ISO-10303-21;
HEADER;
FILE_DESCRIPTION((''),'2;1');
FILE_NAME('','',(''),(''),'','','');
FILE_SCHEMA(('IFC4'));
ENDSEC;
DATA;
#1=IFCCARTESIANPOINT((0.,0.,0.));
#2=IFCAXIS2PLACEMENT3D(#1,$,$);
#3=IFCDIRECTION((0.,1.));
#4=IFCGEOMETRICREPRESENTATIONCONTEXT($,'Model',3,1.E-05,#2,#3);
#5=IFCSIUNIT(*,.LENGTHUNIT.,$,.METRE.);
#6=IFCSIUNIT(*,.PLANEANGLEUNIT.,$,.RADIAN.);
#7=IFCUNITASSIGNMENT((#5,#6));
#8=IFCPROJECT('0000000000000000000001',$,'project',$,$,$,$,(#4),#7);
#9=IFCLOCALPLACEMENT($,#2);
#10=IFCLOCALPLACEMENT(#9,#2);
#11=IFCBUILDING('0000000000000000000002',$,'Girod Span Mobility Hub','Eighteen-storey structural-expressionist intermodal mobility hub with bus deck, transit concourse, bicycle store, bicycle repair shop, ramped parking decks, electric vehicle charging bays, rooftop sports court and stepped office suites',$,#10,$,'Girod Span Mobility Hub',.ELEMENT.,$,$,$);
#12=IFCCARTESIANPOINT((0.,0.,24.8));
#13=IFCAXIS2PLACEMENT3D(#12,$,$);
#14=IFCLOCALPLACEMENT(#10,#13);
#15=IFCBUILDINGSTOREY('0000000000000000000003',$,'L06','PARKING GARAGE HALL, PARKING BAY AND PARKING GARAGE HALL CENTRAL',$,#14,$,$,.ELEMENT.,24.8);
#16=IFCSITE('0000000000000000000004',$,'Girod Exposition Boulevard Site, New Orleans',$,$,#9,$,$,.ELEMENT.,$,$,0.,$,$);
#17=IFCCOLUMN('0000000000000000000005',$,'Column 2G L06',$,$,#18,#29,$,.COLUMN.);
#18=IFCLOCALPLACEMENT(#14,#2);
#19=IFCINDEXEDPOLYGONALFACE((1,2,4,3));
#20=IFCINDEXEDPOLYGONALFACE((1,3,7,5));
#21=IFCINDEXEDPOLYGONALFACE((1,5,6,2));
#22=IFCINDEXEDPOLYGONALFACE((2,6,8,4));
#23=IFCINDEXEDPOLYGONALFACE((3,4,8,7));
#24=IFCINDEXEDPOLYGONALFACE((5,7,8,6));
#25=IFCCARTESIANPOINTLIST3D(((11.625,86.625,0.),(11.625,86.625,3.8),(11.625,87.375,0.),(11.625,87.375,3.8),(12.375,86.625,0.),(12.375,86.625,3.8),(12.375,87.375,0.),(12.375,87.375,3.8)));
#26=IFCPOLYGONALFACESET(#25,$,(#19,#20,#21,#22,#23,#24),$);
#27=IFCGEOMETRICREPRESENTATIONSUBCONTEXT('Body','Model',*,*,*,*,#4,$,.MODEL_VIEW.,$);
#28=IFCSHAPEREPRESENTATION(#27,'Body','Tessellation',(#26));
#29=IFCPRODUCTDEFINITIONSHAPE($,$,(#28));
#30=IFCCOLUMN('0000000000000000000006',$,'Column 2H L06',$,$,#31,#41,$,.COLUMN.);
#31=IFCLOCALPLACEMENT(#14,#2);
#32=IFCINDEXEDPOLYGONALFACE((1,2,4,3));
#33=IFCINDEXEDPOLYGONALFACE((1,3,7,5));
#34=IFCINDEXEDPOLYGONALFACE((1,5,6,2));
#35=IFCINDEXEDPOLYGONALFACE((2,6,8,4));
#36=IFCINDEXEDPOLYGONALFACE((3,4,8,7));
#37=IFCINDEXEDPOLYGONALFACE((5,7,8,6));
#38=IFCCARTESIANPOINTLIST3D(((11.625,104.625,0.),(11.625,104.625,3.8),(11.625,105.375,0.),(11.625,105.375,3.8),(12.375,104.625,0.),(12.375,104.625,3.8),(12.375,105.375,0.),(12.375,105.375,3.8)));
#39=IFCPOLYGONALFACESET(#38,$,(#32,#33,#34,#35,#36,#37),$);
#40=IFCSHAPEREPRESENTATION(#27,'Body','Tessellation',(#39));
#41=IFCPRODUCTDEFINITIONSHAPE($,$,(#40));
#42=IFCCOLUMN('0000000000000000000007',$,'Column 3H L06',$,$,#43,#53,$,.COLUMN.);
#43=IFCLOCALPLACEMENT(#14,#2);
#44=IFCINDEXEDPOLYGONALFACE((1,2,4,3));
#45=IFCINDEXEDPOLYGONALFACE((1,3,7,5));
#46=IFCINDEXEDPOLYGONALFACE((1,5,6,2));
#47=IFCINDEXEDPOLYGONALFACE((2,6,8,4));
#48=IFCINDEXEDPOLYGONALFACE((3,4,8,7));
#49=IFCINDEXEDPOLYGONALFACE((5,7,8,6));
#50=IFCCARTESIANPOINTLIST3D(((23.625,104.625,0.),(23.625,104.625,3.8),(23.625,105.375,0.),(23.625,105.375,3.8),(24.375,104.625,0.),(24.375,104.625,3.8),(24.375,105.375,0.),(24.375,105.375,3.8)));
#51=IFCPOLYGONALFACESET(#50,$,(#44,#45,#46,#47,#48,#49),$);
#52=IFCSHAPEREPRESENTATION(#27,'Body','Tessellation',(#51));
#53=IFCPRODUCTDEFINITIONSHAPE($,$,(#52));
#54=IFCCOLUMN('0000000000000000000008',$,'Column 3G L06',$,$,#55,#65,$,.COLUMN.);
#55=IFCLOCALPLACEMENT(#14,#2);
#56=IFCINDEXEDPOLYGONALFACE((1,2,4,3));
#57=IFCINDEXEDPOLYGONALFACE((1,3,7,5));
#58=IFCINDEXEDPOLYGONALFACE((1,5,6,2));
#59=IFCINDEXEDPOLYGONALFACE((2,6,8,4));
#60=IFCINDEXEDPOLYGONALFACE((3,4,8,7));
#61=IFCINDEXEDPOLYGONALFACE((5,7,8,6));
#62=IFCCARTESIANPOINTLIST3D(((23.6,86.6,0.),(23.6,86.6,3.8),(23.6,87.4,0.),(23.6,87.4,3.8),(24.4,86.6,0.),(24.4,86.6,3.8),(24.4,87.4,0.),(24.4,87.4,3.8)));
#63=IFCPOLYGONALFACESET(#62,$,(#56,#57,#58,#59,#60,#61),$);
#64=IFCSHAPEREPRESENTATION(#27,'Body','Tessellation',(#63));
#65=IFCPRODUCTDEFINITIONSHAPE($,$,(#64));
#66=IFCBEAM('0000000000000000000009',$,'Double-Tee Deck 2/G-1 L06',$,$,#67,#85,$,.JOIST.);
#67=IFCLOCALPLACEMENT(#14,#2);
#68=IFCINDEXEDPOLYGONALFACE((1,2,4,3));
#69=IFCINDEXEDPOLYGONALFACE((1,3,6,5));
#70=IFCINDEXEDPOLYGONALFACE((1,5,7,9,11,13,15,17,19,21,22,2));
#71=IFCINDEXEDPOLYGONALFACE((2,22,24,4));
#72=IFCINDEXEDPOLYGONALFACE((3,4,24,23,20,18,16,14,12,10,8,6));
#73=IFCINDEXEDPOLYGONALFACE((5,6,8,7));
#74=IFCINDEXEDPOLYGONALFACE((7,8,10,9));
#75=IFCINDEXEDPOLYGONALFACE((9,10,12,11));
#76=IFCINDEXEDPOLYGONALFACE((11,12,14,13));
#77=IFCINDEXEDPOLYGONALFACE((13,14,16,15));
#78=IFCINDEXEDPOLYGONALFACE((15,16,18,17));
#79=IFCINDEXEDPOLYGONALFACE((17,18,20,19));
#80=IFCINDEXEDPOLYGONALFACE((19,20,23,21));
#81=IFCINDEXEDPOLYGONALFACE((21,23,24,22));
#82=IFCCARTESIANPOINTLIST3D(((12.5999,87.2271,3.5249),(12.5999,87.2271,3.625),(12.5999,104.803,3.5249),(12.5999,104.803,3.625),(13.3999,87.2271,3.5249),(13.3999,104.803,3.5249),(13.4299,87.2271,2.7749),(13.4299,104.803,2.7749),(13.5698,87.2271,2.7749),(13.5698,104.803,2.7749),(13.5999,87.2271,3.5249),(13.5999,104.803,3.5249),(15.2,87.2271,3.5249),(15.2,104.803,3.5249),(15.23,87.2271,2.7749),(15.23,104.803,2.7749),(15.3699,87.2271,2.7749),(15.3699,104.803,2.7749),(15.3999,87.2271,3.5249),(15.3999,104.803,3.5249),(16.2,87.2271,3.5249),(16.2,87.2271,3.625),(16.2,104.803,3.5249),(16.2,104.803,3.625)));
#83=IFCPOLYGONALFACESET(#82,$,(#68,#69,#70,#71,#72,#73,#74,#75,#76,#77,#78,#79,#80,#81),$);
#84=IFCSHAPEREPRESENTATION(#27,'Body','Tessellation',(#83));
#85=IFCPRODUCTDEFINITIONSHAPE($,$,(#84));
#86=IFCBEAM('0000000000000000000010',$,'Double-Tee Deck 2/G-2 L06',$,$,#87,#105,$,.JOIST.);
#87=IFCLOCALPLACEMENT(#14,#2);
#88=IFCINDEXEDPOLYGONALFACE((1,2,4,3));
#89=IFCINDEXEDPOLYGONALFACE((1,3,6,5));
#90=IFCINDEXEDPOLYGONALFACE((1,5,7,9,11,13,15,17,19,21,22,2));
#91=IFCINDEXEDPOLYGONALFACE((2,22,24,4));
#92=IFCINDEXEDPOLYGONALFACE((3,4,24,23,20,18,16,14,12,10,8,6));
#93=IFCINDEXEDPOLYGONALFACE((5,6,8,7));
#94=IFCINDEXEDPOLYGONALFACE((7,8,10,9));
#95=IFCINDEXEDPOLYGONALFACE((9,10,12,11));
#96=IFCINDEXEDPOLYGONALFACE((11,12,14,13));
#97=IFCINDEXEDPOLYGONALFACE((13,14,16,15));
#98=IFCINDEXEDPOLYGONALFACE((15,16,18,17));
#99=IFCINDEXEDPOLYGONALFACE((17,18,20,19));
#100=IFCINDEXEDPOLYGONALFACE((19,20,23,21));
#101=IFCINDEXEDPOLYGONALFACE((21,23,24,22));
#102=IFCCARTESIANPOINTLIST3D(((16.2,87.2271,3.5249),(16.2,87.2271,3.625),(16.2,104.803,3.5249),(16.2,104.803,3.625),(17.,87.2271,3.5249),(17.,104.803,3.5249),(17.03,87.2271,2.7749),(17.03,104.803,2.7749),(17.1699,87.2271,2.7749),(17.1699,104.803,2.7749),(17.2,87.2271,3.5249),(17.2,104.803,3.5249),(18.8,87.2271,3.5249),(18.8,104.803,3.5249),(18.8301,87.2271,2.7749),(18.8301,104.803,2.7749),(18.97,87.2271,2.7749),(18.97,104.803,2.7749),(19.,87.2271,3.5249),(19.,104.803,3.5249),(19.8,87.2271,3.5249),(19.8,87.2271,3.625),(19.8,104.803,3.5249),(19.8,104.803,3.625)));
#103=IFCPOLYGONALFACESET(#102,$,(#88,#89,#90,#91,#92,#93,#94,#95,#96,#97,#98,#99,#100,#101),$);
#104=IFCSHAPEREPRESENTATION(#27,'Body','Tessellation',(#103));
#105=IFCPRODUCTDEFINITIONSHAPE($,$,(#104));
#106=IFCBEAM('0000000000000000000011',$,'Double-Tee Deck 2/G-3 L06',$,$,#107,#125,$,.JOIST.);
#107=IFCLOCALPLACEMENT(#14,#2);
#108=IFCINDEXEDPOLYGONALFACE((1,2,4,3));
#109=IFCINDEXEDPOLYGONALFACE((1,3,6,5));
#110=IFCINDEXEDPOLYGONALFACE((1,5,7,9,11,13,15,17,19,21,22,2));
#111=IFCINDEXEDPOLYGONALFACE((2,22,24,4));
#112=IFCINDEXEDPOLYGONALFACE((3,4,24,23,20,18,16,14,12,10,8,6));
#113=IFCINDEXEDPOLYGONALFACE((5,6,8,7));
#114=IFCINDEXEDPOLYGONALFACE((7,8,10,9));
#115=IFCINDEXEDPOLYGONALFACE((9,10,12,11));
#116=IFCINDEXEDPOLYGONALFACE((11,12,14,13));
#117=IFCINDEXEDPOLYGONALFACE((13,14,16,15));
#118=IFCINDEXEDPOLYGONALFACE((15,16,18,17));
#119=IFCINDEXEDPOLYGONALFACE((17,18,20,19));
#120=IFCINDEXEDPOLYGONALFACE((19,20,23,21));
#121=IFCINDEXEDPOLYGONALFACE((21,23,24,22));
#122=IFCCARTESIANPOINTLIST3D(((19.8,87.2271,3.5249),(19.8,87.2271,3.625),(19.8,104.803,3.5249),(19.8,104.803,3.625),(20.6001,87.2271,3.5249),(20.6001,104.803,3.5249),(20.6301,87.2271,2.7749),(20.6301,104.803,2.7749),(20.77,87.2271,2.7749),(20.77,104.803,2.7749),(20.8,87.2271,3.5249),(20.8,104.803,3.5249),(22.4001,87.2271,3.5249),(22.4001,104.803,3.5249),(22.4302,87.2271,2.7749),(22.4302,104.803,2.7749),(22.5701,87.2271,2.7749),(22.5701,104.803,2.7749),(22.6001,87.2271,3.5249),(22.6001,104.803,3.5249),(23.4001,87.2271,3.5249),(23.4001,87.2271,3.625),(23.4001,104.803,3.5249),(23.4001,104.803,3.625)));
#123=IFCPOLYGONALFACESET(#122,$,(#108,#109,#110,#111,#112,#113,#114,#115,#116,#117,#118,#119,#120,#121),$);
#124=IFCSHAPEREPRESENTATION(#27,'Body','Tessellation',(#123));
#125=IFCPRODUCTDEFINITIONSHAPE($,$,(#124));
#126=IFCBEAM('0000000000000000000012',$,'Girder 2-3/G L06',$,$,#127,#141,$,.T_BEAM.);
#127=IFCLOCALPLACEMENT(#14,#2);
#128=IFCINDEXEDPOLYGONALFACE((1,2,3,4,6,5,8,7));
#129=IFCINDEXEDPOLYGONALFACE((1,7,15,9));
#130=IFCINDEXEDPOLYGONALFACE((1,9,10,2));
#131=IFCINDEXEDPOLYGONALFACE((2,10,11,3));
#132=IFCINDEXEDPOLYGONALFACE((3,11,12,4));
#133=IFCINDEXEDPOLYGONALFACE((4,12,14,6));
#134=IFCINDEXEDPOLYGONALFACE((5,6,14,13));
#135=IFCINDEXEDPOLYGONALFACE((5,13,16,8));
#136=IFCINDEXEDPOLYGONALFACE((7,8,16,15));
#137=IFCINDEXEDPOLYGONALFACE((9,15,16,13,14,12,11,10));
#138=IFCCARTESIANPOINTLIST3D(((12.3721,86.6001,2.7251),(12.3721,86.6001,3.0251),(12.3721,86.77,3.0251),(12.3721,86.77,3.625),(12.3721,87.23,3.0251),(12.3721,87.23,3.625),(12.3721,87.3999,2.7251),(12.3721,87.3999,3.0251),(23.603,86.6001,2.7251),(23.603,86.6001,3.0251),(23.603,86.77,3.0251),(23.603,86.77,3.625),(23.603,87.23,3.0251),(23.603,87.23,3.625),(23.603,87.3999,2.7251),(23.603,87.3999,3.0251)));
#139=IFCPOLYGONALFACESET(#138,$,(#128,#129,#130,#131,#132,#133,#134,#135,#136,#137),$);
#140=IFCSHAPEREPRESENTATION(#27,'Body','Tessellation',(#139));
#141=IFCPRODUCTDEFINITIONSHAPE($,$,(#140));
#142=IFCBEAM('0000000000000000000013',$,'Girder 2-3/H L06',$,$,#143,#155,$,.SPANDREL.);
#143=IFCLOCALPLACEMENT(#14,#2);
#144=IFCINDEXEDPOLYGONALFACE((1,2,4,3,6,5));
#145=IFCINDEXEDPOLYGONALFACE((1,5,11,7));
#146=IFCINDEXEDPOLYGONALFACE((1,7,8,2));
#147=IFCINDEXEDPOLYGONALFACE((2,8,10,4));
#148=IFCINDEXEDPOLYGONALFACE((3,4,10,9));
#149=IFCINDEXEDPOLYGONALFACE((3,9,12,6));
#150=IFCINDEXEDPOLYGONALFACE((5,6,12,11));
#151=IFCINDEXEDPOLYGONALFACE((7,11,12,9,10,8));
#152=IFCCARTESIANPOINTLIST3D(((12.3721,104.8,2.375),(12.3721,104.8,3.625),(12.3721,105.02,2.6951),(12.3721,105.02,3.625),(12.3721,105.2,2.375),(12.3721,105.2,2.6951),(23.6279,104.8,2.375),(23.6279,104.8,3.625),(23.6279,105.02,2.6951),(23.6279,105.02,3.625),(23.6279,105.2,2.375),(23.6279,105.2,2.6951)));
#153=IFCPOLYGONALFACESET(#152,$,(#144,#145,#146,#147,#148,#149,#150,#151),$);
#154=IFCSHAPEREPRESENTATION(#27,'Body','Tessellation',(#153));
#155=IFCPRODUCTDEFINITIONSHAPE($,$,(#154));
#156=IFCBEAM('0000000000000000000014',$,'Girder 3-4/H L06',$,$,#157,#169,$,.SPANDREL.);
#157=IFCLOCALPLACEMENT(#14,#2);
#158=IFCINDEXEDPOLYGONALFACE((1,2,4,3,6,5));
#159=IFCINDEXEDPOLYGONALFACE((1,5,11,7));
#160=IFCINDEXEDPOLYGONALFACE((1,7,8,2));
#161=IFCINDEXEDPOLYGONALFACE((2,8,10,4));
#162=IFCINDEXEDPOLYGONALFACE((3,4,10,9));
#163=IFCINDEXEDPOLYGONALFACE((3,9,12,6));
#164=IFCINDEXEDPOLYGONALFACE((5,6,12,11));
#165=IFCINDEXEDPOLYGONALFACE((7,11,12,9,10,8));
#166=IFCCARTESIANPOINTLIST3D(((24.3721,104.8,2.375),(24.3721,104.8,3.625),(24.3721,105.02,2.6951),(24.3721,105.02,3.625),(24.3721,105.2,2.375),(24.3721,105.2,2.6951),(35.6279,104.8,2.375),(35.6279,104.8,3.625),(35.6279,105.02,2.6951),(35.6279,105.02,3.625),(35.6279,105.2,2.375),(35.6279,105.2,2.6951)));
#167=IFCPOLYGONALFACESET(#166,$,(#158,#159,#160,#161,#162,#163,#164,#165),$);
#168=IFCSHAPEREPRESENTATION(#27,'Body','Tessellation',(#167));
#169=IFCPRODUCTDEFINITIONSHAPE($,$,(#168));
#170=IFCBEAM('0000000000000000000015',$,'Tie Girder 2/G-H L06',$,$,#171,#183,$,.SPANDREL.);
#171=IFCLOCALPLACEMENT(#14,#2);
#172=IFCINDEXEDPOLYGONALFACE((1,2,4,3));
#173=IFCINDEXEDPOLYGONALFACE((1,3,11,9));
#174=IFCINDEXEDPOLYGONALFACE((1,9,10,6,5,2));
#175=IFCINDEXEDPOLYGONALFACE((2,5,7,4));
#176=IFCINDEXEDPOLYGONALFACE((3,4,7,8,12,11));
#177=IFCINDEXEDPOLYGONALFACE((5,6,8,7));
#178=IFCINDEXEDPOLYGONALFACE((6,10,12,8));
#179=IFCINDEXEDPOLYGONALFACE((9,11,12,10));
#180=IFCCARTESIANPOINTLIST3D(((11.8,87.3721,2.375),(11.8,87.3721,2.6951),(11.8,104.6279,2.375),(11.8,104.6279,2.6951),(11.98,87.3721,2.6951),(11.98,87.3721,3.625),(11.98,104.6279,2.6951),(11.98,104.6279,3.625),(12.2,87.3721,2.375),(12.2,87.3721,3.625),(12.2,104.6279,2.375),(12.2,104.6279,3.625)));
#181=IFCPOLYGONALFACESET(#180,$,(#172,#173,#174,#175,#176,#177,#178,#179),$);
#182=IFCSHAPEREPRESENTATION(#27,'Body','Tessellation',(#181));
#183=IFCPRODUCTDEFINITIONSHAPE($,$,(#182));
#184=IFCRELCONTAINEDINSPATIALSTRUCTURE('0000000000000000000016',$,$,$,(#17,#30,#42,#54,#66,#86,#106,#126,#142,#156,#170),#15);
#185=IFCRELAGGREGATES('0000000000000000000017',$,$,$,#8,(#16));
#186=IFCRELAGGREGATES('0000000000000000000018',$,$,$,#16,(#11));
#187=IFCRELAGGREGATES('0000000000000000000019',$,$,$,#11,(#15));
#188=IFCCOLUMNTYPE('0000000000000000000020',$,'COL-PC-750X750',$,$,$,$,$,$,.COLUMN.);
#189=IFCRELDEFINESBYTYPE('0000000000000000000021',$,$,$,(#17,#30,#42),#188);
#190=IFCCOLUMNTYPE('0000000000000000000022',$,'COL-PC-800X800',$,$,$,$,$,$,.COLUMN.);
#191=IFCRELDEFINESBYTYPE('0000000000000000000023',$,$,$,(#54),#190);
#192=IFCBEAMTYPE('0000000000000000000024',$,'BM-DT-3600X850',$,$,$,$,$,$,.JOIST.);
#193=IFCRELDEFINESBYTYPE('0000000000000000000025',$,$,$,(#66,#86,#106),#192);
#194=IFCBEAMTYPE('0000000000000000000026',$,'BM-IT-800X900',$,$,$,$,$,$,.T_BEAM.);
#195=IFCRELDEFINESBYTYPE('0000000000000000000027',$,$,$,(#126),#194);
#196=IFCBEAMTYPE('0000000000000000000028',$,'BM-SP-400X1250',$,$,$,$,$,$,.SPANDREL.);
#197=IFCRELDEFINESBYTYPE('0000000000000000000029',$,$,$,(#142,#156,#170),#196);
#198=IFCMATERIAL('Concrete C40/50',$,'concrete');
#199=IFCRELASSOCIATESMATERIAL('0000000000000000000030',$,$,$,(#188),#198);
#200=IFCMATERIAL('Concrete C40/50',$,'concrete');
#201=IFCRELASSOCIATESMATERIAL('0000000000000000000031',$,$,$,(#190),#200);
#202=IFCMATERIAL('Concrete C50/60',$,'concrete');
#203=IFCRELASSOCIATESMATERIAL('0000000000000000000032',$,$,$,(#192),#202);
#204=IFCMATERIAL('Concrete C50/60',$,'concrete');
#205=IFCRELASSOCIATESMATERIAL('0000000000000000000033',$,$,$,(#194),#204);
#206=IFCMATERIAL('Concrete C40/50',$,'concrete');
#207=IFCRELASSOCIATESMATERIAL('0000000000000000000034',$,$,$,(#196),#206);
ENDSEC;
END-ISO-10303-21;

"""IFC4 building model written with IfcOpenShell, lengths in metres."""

from ifc_helpers import new_model, si_unit, direction, frame, origin, origin_2d, place, context, subcontext, project, spatial, polyline, rectangle, outline, extrude, material, material_profile, profile_set, type_object, element, save


model = new_model("IFC4")

# Units and contexts
model_context = context("Model", 3, precision=1e-05, world=origin(), true_north=direction((0.0, 1.0)))
body_context = subcontext(model_context, "Body", "Model", "MODEL_VIEW")
ifc_project = project(units=[si_unit("LENGTHUNIT", "METRE"), si_unit("PLANEANGLEUNIT", "RADIAN")], contexts=[model_context])

# Site, building, storey
site_placement = place(None, origin())
site = spatial("IfcSite", under=ifc_project, at=site_placement, Name="Girod Exposition Boulevard Site, New Orleans", CompositionType="ELEMENT", RefElevation=0.0)
building_placement = place(site_placement, origin())
building = spatial("IfcBuilding", under=site, at=building_placement, Name="Girod Span Mobility Hub", Description="Eighteen-storey structural-expressionist intermodal mobility hub with bus deck, transit concourse, bicycle store, bicycle repair shop, ramped parking decks, electric vehicle charging bays, rooftop sports court and stepped office suites", LongName="Girod Span Mobility Hub", CompositionType="ELEMENT")
storey_placement = place(building_placement, frame((0.0, 0.0, 24.8)))
storey = spatial("IfcBuildingStorey", under=building, at=storey_placement, Name="L06", Description="PARKING GARAGE HALL, PARKING BAY AND PARKING GARAGE HALL CENTRAL", CompositionType="ELEMENT", Elevation=24.8)

# Columns
ifc_material_1 = material(Name="Concrete C40/50", Category="concrete")
ifc_material_profile_1 = material_profile(ifc_material_1, rectangle(XDim=0.75, YDim=0.75, at=origin_2d()), Name="PC-COL-750X750")
ifc_profile_set_1 = profile_set([ifc_material_profile_1], Name="Concrete C40/50")
column_type_1 = type_object("IfcColumnType", Name="COL-PC-750X750", PredefinedType="COLUMN", material=ifc_profile_set_1)
for number, where, z_axis, x_axis, name in (
    (1, (12.0, 87.0, 0.0), (0.0, 0.0, 1.0), (1.0, 0.0, 0.0), "Column 2G L06"),
    (2, (12.0, 105.0, 0.0), (0.0, 0.0, 1.0), (1.0, 0.0, 0.0), "Column 2H L06"),
    (3, (24.0, 105.0, 0.0), (0.0, 0.0, 1.0), (1.0, 0.0, 0.0), "Column 3H L06"),
):
    element("IfcColumn", number, at=place(storey_placement, frame(where, z_axis=z_axis, x_axis=x_axis)), inside=storey, type_object=column_type_1, Name=name, PredefinedType="COLUMN", context=body_context, shape_type="SweptSolid", body=[
        extrude(rectangle(XDim=0.75, YDim=0.75, at=origin_2d()), origin(), (0.0, 0.0, 1.0), 3.8),
    ])
ifc_material_2 = material(Name="Concrete C40/50", Category="concrete")
ifc_material_profile_2 = material_profile(ifc_material_2, rectangle(XDim=0.8, YDim=0.8, at=origin_2d()), Name="PC-COL-800X800")
ifc_profile_set_2 = profile_set([ifc_material_profile_2], Name="Concrete C40/50")
column_type_2 = type_object("IfcColumnType", Name="COL-PC-800X800", PredefinedType="COLUMN", material=ifc_profile_set_2)
column_placement = place(storey_placement, frame((24.0, 87.0, 0.0), z_axis=(0.0, 0.0, 1.0), x_axis=(1.0, 0.0, 0.0)))
element("IfcColumn", 4, at=column_placement, inside=storey, type_object=column_type_2, Name="Column 3G L06", PredefinedType="COLUMN", context=body_context, shape_type="SweptSolid", body=[
    extrude(rectangle(XDim=0.8, YDim=0.8, at=origin_2d()), origin(), (0.0, 0.0, 1.0), 3.8),
])

# Beams
ifc_material_3 = material(Name="Concrete C50/60", Category="concrete")
ifc_material_profile_3 = material_profile(ifc_material_3, outline(polyline([(-1.8, 0.425), (-1.8, 0.325), (-1.0, 0.325), (-0.97, -0.425), (-0.8301, -0.425), (-0.8, 0.325), (0.8, 0.325), (0.8301, -0.425), (0.97, -0.425), (1.0, 0.325), (1.8, 0.325), (1.8, 0.425), (-1.8, 0.425)])), Name="DT-3600X850")
ifc_profile_set_3 = profile_set([ifc_material_profile_3], Name="Concrete C50/60")
beam_type_1 = type_object("IfcBeamType", Name="BM-DT-3600X850", PredefinedType="JOIST", material=ifc_profile_set_3)
for number, where, z_axis, x_axis, name in (
    (5, (14.3999, 87.2271, 3.2), (0.0, 1.0, 0.0), (-1.0, 0.0, 0.0), "Double-Tee Deck 2/G-1 L06"),
    (6, (18.0, 87.2271, 3.2), (0.0, 1.0, 0.0), (-1.0, 0.0, 0.0), "Double-Tee Deck 2/G-2 L06"),
    (7, (21.6001, 87.2271, 3.2), (0.0, 1.0, 0.0), (-1.0, 0.0, 0.0), "Double-Tee Deck 2/G-3 L06"),
):
    element("IfcBeam", number, at=place(storey_placement, frame(where, z_axis=z_axis, x_axis=x_axis)), inside=storey, type_object=beam_type_1, Name=name, PredefinedType="JOIST", context=body_context, shape_type="SweptSolid", body=[
        extrude(outline(polyline([(-1.8, 0.425), (-1.8, 0.325), (-1.0, 0.325), (-0.97, -0.425), (-0.8301, -0.425), (-0.8, 0.325), (0.8, 0.325), (0.8301, -0.425), (0.97, -0.425), (1.0, 0.325), (1.8, 0.325), (1.8, 0.425), (-1.8, 0.425)])), origin(), (0.0, 0.0, 1.0), 17.5759),
    ])
ifc_material_4 = material(Name="Concrete C50/60", Category="concrete")
ifc_material_profile_4 = material_profile(ifc_material_4, outline(polyline([(-0.3999, -0.45), (0.3999, -0.45), (0.3999, -0.1499), (0.23, -0.1499), (0.23, 0.45), (-0.23, 0.45), (-0.23, -0.1499), (-0.3999, -0.1499), (-0.3999, -0.45)])), Name="IT-800X900")
ifc_profile_set_4 = profile_set([ifc_material_profile_4], Name="Concrete C50/60")
beam_type_2 = type_object("IfcBeamType", Name="BM-IT-800X900", PredefinedType="T_BEAM", material=ifc_profile_set_4)
beam_1_placement = place(storey_placement, frame((12.3721, 87.0, 3.175), z_axis=(1.0, 0.0, 0.0), x_axis=(0.0, 1.0, 0.0)))
element("IfcBeam", 8, at=beam_1_placement, inside=storey, type_object=beam_type_2, Name="Girder 2-3/G L06", PredefinedType="T_BEAM", context=body_context, shape_type="SweptSolid", body=[
    extrude(outline(polyline([(-0.3999, -0.45), (0.3999, -0.45), (0.3999, -0.1499), (0.23, -0.1499), (0.23, 0.45), (-0.23, 0.45), (-0.23, -0.1499), (-0.3999, -0.1499), (-0.3999, -0.45)])), origin(), (0.0, 0.0, 1.0), 11.231),
])
ifc_material_5 = material(Name="Concrete C40/50", Category="concrete")
ifc_material_profile_5 = material_profile(ifc_material_5, outline(polyline([(-0.2, -0.625), (0.2, -0.625), (0.2, -0.3049), (0.02, -0.3049), (0.02, 0.625), (-0.2, 0.625), (-0.2, -0.625)])), Name="SP-400X1250")
ifc_profile_set_5 = profile_set([ifc_material_profile_5], Name="Concrete C40/50")
beam_type_3 = type_object("IfcBeamType", Name="BM-SP-400X1250", PredefinedType="SPANDREL", material=ifc_profile_set_5)
for number, where, z_axis, x_axis, name in (
    (9, (12.3721, 105.0, 3.0), (1.0, 0.0, 0.0), (0.0, 1.0, 0.0), "Girder 2-3/H L06"),
    (10, (24.3721, 105.0, 3.0), (1.0, 0.0, 0.0), (0.0, 1.0, 0.0), "Girder 3-4/H L06"),
):
    element("IfcBeam", number, at=place(storey_placement, frame(where, z_axis=z_axis, x_axis=x_axis)), inside=storey, type_object=beam_type_3, Name=name, PredefinedType="SPANDREL", context=body_context, shape_type="SweptSolid", body=[
        extrude(outline(polyline([(-0.2, -0.625), (0.2, -0.625), (0.2, -0.3049), (0.02, -0.3049), (0.02, 0.625), (-0.2, 0.625), (-0.2, -0.625)])), origin(), (0.0, 0.0, 1.0), 11.2559),
    ])
beam_2_placement = place(storey_placement, frame((12.0, 87.3721, 3.0), z_axis=(0.0, 1.0, 0.0), x_axis=(-1.0, 0.0, 0.0)))
element("IfcBeam", 11, at=beam_2_placement, inside=storey, type_object=beam_type_3, Name="Tie Girder 2/G-H L06", PredefinedType="SPANDREL", context=body_context, shape_type="SweptSolid", body=[
    extrude(outline(polyline([(-0.2, -0.625), (0.2, -0.625), (0.2, -0.3049), (0.02, -0.3049), (0.02, 0.625), (-0.2, 0.625), (-0.2, -0.625)])), origin(), (0.0, 0.0, 1.0), 17.2559),
])

save(model, "model.ifc")
